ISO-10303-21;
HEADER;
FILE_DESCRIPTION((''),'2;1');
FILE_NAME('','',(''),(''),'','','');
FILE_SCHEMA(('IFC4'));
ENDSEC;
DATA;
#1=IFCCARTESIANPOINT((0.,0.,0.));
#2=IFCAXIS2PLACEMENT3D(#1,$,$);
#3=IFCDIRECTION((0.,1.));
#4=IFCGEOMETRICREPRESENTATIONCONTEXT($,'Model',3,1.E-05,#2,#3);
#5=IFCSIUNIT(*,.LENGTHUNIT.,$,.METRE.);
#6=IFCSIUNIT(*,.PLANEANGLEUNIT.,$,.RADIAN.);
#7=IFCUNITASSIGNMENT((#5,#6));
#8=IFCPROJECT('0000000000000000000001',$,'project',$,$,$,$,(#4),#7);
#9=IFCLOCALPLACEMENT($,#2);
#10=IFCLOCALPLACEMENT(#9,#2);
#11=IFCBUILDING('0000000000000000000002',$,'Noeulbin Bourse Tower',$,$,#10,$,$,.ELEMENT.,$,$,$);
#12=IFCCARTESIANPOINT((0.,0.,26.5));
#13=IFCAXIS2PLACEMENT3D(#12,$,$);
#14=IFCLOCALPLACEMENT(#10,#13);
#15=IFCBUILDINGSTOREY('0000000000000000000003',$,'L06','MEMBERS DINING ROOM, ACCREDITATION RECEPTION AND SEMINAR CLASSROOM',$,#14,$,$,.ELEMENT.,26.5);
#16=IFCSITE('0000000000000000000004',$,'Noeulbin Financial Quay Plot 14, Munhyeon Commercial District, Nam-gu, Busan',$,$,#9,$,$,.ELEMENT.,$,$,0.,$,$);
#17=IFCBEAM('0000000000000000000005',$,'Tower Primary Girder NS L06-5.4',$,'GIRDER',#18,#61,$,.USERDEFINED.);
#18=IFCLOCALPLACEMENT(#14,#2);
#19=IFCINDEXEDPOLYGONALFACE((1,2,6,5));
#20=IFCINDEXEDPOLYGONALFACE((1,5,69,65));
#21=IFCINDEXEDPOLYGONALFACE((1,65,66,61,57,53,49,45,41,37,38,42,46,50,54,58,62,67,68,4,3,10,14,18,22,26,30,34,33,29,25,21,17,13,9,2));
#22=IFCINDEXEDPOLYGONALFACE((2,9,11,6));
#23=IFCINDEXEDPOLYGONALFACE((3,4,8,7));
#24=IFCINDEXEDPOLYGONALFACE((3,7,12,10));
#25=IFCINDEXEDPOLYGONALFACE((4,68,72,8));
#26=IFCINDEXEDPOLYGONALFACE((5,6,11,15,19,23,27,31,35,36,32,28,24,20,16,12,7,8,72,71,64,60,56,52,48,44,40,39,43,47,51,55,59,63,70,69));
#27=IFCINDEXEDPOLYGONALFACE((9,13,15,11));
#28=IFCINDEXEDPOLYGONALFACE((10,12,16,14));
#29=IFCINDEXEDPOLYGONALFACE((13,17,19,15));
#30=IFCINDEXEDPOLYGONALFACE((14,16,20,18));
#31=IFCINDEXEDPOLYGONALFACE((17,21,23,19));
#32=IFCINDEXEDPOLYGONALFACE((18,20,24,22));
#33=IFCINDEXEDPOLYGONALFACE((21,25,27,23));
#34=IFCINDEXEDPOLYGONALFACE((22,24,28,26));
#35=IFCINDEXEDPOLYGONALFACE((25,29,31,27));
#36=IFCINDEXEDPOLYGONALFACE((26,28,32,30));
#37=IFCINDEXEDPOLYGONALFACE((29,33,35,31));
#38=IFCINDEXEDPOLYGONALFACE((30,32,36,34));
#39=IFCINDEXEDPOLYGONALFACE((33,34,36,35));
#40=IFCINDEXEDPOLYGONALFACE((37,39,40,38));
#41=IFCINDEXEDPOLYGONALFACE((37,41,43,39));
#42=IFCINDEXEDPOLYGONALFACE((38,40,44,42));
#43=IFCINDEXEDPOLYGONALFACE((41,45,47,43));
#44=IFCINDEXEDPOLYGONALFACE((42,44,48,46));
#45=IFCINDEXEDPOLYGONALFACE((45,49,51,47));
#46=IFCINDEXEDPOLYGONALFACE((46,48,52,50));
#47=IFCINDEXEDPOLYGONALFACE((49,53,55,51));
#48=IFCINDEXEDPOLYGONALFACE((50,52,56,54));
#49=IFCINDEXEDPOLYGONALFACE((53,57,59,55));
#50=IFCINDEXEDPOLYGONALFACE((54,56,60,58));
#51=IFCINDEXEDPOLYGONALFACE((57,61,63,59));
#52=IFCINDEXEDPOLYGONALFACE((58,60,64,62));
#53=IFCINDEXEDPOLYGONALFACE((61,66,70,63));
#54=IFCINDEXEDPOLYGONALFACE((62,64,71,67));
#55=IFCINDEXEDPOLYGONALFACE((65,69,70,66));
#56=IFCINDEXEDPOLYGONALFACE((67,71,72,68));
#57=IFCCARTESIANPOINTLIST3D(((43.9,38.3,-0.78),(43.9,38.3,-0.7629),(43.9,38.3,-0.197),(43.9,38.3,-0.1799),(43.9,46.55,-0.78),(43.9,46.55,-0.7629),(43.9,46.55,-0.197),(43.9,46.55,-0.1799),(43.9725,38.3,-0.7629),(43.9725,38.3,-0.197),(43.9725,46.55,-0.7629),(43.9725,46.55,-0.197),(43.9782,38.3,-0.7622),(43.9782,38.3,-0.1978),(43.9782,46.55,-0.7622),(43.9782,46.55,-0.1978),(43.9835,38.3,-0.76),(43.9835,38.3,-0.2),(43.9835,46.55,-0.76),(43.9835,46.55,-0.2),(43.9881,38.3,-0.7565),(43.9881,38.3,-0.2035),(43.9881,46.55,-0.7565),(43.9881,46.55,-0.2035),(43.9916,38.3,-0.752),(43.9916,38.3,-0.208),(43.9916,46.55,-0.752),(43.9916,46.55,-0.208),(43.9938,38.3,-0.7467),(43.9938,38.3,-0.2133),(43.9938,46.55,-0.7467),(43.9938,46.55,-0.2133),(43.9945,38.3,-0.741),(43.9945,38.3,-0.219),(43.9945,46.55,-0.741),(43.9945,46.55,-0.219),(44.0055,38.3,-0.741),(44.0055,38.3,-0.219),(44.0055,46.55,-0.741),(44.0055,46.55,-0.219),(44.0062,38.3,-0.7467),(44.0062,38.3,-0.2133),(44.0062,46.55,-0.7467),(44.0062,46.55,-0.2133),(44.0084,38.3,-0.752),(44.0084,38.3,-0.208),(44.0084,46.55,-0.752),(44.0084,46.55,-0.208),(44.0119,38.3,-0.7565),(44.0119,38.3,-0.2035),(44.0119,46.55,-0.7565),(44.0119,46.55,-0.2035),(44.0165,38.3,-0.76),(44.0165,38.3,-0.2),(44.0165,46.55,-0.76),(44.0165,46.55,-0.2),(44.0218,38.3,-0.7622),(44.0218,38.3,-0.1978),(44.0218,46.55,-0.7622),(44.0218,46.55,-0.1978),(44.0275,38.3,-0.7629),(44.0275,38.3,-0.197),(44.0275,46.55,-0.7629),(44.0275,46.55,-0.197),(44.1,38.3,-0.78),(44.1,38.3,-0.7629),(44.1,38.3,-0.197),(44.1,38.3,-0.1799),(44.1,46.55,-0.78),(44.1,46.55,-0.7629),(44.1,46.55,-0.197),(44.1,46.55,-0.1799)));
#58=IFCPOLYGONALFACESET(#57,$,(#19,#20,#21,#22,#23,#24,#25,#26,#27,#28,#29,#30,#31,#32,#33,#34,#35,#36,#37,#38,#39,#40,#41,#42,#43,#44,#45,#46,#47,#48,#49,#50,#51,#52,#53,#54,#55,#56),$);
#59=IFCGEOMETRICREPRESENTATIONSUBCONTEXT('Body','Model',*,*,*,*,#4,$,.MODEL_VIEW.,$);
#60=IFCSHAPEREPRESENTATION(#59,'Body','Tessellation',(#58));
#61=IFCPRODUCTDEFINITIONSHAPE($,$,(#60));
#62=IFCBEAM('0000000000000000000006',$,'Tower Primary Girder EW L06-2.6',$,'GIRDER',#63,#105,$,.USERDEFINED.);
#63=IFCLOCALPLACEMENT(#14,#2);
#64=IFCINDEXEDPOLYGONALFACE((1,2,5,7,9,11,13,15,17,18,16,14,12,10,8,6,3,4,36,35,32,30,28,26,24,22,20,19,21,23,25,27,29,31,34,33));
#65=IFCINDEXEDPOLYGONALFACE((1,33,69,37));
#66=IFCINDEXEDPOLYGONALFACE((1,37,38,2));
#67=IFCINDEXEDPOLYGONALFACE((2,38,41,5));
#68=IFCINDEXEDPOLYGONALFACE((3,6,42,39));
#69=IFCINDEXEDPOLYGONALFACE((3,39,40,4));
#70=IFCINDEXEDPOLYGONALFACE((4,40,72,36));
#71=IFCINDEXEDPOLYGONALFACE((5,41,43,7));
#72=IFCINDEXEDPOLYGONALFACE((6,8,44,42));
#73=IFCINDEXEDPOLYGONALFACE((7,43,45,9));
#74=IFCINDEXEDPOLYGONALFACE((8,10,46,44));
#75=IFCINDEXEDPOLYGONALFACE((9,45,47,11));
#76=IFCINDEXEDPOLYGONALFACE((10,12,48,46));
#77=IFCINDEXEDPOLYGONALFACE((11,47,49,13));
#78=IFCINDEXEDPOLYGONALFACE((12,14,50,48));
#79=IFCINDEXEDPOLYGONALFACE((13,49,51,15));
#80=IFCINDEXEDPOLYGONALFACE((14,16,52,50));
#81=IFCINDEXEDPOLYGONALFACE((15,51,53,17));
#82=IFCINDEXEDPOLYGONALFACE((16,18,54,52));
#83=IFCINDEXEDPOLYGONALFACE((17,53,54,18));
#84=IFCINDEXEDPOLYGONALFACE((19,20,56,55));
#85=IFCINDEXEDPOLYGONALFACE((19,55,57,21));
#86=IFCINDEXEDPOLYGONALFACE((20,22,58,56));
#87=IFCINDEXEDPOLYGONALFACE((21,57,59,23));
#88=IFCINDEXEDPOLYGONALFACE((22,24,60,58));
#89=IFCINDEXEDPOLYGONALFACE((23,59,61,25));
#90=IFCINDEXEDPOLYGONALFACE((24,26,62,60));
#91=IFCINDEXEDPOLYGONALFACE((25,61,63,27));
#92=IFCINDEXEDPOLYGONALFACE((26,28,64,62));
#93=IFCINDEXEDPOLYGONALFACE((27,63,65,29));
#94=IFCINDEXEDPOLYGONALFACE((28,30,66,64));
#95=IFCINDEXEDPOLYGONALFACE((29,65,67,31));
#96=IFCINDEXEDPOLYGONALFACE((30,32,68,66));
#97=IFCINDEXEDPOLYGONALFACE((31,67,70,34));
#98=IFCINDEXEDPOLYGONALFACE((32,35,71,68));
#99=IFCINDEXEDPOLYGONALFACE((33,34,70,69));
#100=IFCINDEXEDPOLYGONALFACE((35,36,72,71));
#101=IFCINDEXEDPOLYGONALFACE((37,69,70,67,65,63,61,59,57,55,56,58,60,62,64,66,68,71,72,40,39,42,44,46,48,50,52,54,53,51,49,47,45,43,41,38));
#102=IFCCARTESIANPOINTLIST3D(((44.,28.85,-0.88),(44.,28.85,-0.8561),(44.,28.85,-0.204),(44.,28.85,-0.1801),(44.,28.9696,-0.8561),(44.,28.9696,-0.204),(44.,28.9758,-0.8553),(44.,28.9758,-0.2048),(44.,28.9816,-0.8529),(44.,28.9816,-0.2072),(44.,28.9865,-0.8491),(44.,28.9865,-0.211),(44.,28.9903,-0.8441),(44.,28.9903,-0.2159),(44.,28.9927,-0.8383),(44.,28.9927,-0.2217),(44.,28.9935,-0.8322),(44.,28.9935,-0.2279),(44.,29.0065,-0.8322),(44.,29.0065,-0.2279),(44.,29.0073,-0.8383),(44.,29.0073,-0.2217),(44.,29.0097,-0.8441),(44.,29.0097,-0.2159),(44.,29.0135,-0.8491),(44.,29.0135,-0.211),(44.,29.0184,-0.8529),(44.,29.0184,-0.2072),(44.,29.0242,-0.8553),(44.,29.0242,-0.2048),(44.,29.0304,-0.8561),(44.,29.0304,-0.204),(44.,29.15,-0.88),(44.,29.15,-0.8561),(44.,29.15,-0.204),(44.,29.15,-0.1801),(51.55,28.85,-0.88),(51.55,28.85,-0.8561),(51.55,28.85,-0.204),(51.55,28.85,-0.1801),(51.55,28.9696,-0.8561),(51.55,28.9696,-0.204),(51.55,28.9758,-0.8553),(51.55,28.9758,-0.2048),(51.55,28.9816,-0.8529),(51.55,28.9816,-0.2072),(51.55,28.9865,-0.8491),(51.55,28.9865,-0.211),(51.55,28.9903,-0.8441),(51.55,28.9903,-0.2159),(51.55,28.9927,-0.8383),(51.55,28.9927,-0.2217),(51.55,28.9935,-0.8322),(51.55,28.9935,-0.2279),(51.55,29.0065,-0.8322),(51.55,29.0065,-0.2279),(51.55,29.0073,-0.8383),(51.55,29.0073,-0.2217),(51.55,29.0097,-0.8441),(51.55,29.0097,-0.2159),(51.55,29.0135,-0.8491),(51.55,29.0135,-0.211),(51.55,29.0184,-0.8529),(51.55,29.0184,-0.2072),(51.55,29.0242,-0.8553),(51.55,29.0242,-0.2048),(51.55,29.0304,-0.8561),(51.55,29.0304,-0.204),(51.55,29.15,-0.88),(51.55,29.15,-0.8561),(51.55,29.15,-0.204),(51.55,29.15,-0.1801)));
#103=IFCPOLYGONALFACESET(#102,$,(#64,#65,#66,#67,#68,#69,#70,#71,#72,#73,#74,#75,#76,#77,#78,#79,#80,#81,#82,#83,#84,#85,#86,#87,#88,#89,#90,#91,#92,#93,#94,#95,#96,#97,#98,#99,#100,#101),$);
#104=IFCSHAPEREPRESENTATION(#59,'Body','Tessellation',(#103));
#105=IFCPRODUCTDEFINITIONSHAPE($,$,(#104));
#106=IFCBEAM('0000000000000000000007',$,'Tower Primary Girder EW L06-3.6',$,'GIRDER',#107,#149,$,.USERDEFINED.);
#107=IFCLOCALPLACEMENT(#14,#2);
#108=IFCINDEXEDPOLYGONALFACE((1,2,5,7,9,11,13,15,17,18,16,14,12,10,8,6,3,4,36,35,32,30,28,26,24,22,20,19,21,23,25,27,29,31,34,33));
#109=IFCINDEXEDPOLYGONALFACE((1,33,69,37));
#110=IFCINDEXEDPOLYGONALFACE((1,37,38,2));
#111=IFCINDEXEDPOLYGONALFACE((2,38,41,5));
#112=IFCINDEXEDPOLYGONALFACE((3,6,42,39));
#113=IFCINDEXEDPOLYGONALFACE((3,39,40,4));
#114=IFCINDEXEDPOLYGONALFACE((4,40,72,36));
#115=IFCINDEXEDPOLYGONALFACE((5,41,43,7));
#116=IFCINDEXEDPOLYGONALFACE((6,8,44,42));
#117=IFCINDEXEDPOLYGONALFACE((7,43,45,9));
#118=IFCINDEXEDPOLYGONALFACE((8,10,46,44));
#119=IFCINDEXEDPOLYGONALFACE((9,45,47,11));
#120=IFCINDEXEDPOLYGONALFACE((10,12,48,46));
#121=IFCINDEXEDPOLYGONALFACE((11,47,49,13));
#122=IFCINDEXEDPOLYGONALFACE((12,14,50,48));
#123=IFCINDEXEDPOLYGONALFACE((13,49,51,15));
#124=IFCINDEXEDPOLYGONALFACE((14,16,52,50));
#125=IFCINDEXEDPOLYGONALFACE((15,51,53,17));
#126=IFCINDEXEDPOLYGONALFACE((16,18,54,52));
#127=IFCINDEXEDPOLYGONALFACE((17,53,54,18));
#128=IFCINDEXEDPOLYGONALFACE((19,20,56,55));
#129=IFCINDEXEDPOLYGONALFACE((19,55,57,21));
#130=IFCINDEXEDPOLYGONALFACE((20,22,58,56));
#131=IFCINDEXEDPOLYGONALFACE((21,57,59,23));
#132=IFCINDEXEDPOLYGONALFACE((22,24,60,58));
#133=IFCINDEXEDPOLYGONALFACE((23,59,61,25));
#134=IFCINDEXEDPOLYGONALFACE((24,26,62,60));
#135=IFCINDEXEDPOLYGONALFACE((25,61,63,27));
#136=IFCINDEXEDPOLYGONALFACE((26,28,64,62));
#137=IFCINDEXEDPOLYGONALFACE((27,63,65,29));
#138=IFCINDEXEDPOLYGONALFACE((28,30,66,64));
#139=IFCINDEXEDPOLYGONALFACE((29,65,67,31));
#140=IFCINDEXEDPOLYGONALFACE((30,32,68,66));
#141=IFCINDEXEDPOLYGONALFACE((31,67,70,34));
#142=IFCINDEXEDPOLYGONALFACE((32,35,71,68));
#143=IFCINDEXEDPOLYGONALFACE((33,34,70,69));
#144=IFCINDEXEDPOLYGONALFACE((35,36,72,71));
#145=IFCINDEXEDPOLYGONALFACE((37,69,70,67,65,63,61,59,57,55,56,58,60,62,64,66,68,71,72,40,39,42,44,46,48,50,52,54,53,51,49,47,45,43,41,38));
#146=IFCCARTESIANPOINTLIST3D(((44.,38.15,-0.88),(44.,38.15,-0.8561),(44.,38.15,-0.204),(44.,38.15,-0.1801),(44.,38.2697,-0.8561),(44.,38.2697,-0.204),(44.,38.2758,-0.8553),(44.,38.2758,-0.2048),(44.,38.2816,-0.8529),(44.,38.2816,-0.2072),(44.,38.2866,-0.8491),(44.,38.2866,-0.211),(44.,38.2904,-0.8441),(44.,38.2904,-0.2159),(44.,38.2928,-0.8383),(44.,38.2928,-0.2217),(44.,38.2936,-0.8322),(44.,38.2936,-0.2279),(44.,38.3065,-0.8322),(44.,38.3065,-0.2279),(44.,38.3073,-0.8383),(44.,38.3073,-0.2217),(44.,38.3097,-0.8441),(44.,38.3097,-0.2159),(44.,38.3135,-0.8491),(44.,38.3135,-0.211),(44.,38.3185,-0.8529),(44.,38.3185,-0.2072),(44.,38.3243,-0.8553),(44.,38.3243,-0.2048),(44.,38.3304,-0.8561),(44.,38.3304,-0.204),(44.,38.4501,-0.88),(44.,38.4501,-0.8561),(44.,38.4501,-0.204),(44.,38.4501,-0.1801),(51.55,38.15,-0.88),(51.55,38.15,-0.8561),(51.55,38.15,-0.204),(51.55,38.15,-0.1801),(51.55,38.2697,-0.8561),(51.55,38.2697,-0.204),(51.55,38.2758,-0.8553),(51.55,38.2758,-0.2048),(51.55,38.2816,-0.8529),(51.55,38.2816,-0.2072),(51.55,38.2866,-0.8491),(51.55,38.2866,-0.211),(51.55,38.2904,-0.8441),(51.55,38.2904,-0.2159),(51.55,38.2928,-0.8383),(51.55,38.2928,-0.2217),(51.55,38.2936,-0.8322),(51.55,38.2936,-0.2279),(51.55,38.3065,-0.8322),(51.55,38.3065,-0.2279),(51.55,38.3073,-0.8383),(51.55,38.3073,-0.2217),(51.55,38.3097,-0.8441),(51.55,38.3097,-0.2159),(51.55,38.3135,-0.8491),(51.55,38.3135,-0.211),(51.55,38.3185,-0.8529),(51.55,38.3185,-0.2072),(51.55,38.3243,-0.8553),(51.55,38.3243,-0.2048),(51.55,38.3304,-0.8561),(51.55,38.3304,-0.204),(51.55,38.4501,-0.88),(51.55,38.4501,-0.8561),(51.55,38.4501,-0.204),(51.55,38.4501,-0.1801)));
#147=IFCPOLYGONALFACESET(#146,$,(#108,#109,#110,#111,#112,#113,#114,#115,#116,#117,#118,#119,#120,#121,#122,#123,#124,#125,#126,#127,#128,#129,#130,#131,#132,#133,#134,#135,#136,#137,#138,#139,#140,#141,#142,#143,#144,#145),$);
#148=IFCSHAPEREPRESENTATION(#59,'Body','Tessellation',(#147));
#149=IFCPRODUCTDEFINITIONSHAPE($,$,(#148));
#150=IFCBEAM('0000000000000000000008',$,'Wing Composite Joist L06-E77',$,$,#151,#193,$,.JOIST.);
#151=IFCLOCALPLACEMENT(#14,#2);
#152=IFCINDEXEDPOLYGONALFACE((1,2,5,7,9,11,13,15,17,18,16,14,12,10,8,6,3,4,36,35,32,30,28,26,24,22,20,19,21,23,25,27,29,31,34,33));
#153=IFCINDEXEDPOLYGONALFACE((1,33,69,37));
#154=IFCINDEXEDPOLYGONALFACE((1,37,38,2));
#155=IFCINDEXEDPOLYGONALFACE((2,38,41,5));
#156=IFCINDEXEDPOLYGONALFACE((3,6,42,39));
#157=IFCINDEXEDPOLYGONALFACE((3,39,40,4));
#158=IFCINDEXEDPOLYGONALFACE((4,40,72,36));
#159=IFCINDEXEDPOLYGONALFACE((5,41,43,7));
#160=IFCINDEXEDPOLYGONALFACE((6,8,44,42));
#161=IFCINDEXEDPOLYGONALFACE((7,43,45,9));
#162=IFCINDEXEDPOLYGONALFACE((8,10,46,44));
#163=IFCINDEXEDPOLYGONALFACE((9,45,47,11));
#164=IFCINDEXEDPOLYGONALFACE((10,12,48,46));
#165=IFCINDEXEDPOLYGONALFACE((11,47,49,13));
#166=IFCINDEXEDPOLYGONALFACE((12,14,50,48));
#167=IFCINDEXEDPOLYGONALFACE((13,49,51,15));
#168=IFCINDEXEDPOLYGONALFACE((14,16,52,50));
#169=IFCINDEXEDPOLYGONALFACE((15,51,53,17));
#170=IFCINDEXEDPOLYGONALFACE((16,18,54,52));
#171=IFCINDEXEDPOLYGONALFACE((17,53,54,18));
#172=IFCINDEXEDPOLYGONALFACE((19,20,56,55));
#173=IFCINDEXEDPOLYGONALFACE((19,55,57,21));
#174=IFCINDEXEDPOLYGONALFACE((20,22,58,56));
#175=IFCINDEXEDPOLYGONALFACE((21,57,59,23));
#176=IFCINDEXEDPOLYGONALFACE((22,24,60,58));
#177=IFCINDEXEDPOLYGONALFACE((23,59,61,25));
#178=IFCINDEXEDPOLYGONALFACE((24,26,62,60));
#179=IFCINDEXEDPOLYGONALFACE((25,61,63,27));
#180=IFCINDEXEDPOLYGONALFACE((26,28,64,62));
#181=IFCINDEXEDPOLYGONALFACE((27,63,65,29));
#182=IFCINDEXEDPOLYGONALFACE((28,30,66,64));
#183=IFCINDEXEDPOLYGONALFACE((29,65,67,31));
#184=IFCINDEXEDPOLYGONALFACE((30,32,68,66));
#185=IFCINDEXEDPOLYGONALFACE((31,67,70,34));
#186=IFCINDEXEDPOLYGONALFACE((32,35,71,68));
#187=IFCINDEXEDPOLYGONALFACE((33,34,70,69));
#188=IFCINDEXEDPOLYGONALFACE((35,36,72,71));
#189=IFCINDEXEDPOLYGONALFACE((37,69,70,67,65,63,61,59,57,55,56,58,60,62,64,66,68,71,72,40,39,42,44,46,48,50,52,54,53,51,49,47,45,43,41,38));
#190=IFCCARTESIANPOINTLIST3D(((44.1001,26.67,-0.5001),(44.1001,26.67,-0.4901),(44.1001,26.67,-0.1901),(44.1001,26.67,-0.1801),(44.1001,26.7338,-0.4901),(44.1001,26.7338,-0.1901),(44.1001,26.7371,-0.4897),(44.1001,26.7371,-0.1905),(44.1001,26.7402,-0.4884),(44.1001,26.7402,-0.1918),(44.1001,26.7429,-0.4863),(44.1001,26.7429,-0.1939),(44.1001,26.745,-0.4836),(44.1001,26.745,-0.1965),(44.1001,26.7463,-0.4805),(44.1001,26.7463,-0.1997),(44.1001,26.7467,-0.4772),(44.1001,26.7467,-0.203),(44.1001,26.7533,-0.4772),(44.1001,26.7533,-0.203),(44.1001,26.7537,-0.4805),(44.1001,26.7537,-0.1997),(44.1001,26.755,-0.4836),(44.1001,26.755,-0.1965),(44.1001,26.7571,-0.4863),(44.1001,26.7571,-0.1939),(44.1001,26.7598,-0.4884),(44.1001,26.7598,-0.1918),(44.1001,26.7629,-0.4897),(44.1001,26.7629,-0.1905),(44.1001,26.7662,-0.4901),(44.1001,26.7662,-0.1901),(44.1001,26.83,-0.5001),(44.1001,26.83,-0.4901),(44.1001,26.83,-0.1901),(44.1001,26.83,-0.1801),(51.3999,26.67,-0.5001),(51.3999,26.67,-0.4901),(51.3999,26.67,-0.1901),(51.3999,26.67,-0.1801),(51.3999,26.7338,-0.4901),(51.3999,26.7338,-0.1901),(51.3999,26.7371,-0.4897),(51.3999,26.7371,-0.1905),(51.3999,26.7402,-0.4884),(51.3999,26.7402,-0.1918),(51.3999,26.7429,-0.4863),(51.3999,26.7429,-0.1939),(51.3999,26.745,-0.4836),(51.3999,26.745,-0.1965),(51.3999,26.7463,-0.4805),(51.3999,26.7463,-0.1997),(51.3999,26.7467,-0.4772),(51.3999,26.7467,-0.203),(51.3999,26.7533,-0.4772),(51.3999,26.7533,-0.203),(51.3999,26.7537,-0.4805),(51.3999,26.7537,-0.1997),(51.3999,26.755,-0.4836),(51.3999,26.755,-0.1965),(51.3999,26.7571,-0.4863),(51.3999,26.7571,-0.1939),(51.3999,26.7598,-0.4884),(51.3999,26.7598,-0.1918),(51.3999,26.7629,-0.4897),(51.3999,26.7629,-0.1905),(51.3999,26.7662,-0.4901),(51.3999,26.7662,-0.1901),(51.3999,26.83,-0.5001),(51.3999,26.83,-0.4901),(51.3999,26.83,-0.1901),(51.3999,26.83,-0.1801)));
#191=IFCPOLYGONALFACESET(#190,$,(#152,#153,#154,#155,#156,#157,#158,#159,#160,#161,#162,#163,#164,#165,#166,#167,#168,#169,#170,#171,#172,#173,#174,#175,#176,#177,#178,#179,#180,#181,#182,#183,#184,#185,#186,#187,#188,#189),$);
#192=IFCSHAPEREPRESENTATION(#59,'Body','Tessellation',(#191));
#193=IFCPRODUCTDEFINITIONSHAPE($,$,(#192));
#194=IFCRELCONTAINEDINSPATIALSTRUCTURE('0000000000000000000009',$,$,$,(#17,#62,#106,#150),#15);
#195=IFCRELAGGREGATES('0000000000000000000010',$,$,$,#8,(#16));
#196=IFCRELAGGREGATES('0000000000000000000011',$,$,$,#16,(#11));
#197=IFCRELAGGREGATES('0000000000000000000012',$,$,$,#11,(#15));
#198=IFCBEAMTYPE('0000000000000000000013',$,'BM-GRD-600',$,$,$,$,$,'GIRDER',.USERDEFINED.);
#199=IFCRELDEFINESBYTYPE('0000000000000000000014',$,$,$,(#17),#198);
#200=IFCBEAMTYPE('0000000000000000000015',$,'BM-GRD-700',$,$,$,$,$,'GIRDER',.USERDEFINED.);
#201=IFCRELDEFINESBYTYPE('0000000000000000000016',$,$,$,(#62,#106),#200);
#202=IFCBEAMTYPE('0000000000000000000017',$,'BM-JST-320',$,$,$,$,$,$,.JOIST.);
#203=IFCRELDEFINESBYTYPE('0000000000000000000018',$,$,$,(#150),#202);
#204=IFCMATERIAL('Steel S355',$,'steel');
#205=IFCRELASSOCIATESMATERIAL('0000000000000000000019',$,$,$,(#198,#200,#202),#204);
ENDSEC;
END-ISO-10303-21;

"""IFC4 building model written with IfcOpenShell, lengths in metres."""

from ifc_helpers import new_model, si_unit, direction, frame, origin, origin_2d, place, context, subcontext, project, spatial, i_section, extrude, material, material_profile, profile_set, type_object, element, save


model = new_model("IFC4")

# Units and contexts
model_context = context("Model", 3, precision=1e-05, world=origin(), true_north=direction((0.0, 1.0)))
body_context = subcontext(model_context, "Body", "Model", "MODEL_VIEW")
ifc_project = project(units=[si_unit("LENGTHUNIT", "METRE"), si_unit("PLANEANGLEUNIT", "RADIAN")], contexts=[model_context])

# Site, building, storey
site_placement = place(None, origin())
site = spatial("IfcSite", under=ifc_project, at=site_placement, Name="Noeulbin Financial Quay Plot 14, Munhyeon Commercial District, Nam-gu, Busan", CompositionType="ELEMENT", RefElevation=0.0)
building_placement = place(site_placement, origin())
building = spatial("IfcBuilding", under=site, at=building_placement, Name="Noeulbin Bourse Tower", CompositionType="ELEMENT")
storey_placement = place(building_placement, frame((0.0, 0.0, 26.5)))
storey = spatial("IfcBuildingStorey", under=building, at=storey_placement, Name="L06", Description="MEMBERS DINING ROOM, ACCREDITATION RECEPTION AND SEMINAR CLASSROOM", CompositionType="ELEMENT", Elevation=26.5)

# Beams
ifc_material_1 = material(Name="Steel S355", Category="steel")
ifc_material_profile_1 = material_profile(ifc_material_1, i_section(OverallWidth=0.2, OverallDepth=0.6001, WebThickness=0.011, FlangeThickness=0.0171, FilletRadius=0.022, at=origin_2d()), Name="H-600x200x11x17", Category="LoadBearing")
ifc_profile_set_1 = profile_set([ifc_material_profile_1], Name="Steel S355")
beam_type_1 = type_object("IfcBeamType", Name="BM-GRD-600", ElementType="GIRDER", PredefinedType="USERDEFINED", material=ifc_profile_set_1)
beam_1_placement = place(storey_placement, frame((44.0, 38.3, -0.48), z_axis=(0.0, 1.0, 0.0), x_axis=(-1.0, 0.0, 0.0)))
element("IfcBeam", 1, at=beam_1_placement, inside=storey, type_object=beam_type_1, Name="Tower Primary Girder NS L06-5.4", ObjectType="GIRDER", PredefinedType="USERDEFINED", context=body_context, shape_type="SweptSolid", body=[
    extrude(i_section(OverallWidth=0.2, OverallDepth=0.6001, WebThickness=0.011, FlangeThickness=0.0171, FilletRadius=0.022, at=origin_2d()), origin(), (0.0, 0.0, 1.0), 8.25),
])
ifc_material_profile_2 = material_profile(ifc_material_1, i_section(OverallWidth=0.3, OverallDepth=0.7, WebThickness=0.0129, FlangeThickness=0.0239, FilletRadius=0.0239, at=origin_2d()), Name="H-700x300x13x24", Category="LoadBearing")
ifc_profile_set_2 = profile_set([ifc_material_profile_2], Name="Steel S355")
beam_type_2 = type_object("IfcBeamType", Name="BM-GRD-700", ElementType="GIRDER", PredefinedType="USERDEFINED", material=ifc_profile_set_2)
for number, where, z_axis, x_axis, name in (
    (2, (44.0, 29.0, -0.53), (1.0, 0.0, 0.0), (0.0, 1.0, 0.0), "Tower Primary Girder EW L06-2.6"),
    (3, (44.0, 38.3, -0.53), (1.0, 0.0, 0.0), (0.0, 1.0, 0.0), "Tower Primary Girder EW L06-3.6"),
):
    element("IfcBeam", number, at=place(storey_placement, frame(where, z_axis=z_axis, x_axis=x_axis)), inside=storey, type_object=beam_type_2, Name=name, ObjectType="GIRDER", PredefinedType="USERDEFINED", context=body_context, shape_type="SweptSolid", body=[
        extrude(i_section(OverallWidth=0.3, OverallDepth=0.7, WebThickness=0.0129, FlangeThickness=0.0239, FilletRadius=0.0239, at=origin_2d()), origin(), (0.0, 0.0, 1.0), 7.55),
    ])
ifc_material_profile_3 = material_profile(ifc_material_1, i_section(OverallWidth=0.1599, OverallDepth=0.3201, WebThickness=0.0066, FlangeThickness=0.01, FilletRadius=0.0129, at=origin_2d()), Name="H-320x160x6.5x10", Category="LoadBearing")
ifc_profile_set_3 = profile_set([ifc_material_profile_3], Name="Steel S355")
beam_type_3 = type_object("IfcBeamType", Name="BM-JST-320", PredefinedType="JOIST", material=ifc_profile_set_3)
for number, where, z_axis, x_axis, name in (
    (4, (44.1001, 26.75, -0.3401), (1.0, 0.0, 0.0), (0.0, 1.0, 0.0), "Wing Composite Joist L06-E77"),
):
    element("IfcBeam", number, at=place(storey_placement, frame(where, z_axis=z_axis, x_axis=x_axis)), inside=storey, type_object=beam_type_3, Name=name, PredefinedType="JOIST", context=body_context, shape_type="SweptSolid", body=[
        extrude(i_section(OverallWidth=0.1599, OverallDepth=0.3201, WebThickness=0.0066, FlangeThickness=0.01, FilletRadius=0.0129, at=origin_2d()), origin(), (0.0, 0.0, 1.0), 7.2998),
    ])

save(model, "model.ifc")
